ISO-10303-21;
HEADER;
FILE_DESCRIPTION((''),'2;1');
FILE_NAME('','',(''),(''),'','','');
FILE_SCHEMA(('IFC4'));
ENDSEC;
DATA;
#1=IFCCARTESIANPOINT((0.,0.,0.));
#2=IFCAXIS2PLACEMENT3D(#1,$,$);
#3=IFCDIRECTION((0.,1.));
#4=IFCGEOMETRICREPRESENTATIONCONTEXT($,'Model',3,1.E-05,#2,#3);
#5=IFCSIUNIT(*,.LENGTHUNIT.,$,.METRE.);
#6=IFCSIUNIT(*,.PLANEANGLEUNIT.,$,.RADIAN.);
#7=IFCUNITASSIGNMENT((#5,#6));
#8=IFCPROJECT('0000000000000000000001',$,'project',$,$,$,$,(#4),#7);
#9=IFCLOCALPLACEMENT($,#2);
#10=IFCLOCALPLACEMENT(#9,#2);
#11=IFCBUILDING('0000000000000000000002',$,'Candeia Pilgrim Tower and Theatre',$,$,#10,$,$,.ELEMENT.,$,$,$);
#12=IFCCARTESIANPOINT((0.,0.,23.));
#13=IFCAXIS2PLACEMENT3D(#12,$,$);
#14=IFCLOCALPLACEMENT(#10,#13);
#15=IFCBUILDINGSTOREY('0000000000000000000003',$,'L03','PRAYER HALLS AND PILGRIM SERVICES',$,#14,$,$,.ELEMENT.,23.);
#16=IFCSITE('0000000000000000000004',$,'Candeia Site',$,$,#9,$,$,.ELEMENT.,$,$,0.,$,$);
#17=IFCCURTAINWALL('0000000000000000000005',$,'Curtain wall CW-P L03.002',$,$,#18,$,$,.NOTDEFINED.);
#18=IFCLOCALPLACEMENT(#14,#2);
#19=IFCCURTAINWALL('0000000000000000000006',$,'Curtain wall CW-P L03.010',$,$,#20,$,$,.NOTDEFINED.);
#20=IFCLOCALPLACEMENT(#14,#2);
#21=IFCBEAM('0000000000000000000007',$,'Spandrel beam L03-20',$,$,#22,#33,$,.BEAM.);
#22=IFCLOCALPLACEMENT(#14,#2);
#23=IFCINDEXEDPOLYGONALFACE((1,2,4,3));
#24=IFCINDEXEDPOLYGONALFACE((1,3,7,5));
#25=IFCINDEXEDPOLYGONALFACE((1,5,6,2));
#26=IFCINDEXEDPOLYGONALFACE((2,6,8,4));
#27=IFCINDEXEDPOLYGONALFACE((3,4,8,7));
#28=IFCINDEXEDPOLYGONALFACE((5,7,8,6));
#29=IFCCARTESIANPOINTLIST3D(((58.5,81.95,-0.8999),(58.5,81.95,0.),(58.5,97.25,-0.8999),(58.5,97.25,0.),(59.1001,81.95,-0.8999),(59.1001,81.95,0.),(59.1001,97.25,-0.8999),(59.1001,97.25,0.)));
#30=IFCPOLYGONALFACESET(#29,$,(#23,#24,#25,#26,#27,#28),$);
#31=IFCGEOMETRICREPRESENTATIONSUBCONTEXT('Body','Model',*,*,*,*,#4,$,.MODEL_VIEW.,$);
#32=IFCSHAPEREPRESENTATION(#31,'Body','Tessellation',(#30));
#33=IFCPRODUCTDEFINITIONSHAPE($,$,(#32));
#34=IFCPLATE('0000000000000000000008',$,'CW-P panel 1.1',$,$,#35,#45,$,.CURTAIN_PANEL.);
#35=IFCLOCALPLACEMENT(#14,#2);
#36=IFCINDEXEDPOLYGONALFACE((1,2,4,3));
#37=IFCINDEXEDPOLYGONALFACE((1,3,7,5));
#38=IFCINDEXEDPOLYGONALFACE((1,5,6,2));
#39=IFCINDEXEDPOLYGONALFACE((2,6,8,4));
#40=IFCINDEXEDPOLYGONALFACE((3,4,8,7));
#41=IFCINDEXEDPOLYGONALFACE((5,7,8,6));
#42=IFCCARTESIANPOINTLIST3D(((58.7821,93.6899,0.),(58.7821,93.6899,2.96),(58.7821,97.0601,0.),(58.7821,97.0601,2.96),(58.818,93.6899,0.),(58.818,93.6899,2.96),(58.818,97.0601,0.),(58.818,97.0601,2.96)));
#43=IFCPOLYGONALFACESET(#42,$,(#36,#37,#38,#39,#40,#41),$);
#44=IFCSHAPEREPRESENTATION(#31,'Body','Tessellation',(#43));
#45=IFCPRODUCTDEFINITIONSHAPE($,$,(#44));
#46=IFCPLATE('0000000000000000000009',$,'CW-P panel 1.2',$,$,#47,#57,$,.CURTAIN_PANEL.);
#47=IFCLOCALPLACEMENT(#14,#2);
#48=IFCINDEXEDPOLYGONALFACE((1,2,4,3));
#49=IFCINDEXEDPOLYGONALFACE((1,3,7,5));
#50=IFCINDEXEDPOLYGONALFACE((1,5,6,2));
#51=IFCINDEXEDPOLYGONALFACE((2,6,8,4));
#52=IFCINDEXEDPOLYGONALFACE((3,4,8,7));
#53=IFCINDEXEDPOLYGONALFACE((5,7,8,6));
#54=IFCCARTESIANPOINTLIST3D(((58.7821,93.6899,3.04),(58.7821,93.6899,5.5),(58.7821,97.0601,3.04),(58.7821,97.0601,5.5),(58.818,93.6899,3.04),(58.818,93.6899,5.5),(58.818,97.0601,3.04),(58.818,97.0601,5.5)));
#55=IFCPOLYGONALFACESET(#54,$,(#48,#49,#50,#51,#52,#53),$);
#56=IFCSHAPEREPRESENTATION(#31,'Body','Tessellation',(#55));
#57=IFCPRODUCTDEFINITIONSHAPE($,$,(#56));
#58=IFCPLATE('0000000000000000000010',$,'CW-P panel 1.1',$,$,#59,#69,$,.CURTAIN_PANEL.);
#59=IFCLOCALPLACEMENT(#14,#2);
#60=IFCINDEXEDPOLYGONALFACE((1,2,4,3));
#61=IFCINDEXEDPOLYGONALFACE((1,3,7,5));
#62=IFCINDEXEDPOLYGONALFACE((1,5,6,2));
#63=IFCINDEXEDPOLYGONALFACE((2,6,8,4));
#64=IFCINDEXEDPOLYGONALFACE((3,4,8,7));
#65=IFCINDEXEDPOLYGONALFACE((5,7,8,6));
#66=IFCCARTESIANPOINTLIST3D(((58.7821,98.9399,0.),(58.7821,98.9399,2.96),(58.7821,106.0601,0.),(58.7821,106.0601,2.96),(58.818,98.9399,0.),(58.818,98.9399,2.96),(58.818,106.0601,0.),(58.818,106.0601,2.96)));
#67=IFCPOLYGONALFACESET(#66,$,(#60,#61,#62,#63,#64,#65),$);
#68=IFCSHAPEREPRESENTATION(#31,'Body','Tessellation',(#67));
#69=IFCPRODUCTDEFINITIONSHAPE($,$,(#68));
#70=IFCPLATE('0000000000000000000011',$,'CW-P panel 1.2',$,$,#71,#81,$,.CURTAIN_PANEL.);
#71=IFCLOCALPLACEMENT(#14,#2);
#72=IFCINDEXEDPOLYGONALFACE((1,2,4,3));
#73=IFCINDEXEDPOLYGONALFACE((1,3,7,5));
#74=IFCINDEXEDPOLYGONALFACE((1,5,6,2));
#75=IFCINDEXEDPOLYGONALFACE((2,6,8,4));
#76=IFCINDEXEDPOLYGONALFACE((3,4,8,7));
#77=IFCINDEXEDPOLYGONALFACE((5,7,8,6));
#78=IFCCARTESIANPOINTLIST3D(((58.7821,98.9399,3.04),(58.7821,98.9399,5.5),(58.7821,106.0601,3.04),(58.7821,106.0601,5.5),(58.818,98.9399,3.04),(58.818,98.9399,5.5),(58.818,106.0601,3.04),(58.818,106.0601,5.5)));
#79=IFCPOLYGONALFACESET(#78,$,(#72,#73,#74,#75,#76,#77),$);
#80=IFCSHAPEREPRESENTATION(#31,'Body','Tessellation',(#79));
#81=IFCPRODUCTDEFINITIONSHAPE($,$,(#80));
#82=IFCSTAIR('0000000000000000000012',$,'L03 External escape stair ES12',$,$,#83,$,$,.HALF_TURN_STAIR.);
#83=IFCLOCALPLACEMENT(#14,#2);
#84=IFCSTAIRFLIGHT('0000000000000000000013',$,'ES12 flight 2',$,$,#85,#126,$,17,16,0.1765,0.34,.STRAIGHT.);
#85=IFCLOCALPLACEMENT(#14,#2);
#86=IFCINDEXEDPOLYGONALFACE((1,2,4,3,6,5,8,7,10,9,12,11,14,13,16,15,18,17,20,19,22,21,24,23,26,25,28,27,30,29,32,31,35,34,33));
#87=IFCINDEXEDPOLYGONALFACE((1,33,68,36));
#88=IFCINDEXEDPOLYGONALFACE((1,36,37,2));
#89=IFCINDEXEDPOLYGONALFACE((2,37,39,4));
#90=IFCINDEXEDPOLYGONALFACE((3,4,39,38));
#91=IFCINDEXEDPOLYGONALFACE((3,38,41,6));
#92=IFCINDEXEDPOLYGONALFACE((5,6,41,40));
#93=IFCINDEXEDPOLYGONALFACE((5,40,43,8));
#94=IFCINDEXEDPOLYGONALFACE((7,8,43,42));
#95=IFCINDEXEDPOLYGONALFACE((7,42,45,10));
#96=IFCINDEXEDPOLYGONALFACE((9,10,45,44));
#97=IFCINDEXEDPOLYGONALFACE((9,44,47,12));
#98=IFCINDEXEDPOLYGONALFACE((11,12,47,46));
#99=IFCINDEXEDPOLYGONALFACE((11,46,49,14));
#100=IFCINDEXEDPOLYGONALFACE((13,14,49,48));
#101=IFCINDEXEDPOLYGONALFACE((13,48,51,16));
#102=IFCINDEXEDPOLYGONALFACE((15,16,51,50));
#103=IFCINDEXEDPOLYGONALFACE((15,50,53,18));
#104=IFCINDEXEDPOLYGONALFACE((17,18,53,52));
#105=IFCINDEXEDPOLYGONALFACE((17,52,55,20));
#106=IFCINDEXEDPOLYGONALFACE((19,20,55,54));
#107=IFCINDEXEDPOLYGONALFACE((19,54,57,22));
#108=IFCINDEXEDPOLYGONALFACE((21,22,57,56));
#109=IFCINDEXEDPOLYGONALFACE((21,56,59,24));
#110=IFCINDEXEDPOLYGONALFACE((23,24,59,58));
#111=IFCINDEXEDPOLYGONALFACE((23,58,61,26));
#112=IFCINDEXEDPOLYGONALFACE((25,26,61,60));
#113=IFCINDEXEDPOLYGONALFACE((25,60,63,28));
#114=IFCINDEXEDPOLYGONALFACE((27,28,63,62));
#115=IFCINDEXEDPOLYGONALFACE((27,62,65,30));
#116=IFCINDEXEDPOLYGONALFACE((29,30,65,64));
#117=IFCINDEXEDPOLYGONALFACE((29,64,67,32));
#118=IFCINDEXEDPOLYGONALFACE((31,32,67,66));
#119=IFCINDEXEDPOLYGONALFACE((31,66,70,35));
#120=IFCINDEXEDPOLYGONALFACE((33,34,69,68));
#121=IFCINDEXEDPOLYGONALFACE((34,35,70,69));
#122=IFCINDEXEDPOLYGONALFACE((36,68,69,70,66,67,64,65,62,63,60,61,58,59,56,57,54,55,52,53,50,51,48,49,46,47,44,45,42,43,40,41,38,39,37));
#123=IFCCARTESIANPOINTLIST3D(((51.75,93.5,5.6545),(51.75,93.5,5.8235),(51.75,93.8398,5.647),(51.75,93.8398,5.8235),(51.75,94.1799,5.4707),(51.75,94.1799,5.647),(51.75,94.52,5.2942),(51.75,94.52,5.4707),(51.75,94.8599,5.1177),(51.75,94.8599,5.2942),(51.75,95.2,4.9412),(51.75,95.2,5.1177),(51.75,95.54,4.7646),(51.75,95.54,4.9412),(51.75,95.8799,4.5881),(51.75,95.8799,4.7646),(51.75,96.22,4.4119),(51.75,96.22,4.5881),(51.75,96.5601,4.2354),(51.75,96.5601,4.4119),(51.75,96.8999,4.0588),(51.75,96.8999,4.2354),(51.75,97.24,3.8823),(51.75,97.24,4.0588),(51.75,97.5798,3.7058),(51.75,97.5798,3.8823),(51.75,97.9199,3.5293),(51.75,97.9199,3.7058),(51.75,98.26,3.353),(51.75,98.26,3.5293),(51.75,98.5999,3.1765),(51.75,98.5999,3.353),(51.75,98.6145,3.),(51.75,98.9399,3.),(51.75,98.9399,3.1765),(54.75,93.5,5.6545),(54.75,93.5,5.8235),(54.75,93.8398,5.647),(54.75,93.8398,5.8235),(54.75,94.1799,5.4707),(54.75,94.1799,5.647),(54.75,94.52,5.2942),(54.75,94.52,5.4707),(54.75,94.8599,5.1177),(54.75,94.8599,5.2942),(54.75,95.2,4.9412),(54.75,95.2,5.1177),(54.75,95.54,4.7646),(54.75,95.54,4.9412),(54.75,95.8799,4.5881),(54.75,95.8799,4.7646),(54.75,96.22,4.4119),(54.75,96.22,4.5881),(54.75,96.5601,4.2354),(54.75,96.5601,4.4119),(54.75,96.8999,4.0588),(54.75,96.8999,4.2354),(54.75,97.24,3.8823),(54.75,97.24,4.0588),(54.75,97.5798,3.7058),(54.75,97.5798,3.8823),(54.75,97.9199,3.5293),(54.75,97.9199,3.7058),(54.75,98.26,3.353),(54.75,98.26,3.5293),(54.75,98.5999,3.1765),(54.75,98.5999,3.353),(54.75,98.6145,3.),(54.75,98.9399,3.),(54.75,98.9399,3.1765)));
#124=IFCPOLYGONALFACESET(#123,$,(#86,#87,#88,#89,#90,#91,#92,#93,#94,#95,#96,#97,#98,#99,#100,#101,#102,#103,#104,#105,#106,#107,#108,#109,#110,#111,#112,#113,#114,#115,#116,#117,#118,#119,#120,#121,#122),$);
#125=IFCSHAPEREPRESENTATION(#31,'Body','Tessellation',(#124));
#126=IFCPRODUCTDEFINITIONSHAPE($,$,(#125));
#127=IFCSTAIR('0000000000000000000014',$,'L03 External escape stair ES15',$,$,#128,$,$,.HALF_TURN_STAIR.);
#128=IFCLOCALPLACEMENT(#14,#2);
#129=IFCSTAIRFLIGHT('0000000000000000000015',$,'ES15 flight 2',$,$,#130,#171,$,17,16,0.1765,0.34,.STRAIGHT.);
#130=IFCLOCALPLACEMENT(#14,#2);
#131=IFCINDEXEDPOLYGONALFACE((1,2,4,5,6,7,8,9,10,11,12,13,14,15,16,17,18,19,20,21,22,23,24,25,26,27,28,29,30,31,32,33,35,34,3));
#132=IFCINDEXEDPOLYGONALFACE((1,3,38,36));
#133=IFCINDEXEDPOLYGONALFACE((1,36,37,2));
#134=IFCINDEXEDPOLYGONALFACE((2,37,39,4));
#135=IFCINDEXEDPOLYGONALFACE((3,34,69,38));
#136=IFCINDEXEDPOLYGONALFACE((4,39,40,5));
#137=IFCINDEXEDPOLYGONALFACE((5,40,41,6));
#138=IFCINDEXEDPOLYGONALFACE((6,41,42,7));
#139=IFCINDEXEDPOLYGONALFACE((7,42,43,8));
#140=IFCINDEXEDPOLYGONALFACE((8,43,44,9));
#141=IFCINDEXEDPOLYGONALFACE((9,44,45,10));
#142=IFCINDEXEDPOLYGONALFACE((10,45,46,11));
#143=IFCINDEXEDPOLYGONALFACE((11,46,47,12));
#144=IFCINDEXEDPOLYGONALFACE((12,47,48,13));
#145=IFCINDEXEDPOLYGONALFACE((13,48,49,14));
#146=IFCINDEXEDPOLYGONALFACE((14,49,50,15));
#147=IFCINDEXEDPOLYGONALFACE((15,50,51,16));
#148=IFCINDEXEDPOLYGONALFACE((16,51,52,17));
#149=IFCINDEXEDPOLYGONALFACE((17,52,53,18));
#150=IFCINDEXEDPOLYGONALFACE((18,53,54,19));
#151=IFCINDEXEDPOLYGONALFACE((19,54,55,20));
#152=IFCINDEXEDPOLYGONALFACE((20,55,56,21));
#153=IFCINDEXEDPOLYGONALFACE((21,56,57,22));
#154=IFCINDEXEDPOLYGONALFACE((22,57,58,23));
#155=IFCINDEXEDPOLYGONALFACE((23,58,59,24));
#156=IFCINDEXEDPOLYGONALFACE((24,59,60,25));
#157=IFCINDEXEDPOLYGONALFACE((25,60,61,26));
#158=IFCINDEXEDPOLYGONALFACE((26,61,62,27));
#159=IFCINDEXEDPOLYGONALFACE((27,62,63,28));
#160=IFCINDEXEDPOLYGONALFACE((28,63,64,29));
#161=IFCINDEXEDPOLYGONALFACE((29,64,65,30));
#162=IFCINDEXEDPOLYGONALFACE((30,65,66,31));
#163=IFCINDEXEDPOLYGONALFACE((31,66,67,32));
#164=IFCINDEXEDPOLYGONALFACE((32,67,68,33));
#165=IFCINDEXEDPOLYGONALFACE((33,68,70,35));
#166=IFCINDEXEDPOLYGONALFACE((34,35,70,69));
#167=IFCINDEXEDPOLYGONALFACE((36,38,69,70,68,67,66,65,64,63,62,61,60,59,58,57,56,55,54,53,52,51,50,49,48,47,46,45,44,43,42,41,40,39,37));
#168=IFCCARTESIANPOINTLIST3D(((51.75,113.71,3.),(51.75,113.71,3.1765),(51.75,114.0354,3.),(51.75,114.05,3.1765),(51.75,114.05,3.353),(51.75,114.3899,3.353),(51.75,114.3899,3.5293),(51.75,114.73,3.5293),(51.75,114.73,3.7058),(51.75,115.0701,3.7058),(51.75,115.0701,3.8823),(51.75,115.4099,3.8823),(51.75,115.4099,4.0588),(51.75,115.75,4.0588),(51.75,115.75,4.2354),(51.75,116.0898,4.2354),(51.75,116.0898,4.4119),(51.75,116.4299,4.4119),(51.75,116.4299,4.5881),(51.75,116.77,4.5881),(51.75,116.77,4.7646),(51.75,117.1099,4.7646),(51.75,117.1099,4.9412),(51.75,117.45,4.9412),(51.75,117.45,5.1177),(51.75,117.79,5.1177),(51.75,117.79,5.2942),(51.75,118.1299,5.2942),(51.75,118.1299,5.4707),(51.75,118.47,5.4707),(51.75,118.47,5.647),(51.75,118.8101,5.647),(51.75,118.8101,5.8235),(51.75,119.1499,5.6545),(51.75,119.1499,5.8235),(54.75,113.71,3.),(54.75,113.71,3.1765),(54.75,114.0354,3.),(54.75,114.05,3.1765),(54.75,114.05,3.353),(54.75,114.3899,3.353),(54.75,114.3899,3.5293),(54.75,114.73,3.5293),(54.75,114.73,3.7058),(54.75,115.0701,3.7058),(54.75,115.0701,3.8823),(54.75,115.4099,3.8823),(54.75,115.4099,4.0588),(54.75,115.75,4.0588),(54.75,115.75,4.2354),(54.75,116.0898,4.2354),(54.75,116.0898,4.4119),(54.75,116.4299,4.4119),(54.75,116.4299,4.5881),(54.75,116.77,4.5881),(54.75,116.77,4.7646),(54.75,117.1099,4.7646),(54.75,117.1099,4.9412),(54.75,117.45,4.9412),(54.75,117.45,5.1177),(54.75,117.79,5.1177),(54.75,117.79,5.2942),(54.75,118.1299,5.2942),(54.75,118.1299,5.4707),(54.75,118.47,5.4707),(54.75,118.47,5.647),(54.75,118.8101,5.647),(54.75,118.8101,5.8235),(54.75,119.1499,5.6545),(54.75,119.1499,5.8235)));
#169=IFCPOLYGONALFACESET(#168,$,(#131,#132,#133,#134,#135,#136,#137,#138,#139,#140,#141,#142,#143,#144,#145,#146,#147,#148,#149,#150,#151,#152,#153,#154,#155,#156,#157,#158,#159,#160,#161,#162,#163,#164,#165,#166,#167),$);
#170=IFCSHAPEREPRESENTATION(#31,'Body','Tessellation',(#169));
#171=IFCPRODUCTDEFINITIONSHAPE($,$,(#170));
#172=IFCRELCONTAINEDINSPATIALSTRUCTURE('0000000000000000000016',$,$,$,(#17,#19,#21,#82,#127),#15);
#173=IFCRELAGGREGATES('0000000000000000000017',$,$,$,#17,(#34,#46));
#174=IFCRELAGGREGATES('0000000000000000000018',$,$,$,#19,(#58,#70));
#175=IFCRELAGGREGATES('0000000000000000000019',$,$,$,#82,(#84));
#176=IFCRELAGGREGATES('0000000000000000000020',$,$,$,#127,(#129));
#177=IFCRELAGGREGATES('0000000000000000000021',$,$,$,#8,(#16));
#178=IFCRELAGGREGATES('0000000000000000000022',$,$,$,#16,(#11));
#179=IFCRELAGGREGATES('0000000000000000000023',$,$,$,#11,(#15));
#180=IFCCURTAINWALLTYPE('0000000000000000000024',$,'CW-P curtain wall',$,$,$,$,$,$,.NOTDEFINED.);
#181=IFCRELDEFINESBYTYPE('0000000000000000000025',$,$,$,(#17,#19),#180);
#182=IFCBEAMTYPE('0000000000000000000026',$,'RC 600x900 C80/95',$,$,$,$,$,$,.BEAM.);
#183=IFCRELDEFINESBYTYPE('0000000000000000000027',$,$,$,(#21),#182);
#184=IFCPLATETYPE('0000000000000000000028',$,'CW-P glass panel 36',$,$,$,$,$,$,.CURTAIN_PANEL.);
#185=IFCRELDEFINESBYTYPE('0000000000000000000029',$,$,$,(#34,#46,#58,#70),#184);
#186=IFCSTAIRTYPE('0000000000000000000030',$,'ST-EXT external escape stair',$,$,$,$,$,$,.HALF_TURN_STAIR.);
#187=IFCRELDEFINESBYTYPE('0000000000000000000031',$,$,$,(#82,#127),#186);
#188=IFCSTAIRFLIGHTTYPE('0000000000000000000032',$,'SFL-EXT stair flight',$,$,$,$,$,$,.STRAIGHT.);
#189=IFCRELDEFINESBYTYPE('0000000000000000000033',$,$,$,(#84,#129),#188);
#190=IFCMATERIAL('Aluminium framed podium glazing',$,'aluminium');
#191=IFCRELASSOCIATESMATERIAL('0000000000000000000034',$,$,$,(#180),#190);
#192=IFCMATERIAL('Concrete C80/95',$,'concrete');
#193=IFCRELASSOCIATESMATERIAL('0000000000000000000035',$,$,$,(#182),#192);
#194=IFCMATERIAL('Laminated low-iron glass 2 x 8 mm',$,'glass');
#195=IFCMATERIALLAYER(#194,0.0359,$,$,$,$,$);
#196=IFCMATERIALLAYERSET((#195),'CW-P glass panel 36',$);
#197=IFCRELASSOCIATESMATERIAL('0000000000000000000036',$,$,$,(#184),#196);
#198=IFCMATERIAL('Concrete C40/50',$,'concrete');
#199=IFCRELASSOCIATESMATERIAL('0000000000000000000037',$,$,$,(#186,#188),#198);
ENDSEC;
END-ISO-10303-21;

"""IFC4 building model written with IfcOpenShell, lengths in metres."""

from ifc_helpers import new_model, si_unit, direction, frame, origin, origin_2d, place, context, subcontext, project, spatial, polyline, rectangle, outline, extrude, material, layer, layer_set, material_profile, profile_set, type_object, element, aggregate, save


model = new_model("IFC4")

# Units and contexts
model_context = context("Model", 3, precision=1e-05, world=origin(), true_north=direction((0.0, 1.0)))
body_context = subcontext(model_context, "Body", "Model", "MODEL_VIEW")
ifc_project = project(units=[si_unit("LENGTHUNIT", "METRE"), si_unit("PLANEANGLEUNIT", "RADIAN")], contexts=[model_context])

# Site, building, storey
site_placement = place(None, origin())
site = spatial("IfcSite", under=ifc_project, at=site_placement, Name="Candeia Site", CompositionType="ELEMENT", RefElevation=0.0)
building_placement = place(site_placement, origin())
building = spatial("IfcBuilding", under=site, at=building_placement, Name="Candeia Pilgrim Tower and Theatre", CompositionType="ELEMENT")
storey_placement = place(building_placement, frame((0.0, 0.0, 23.0)))
storey = spatial("IfcBuildingStorey", under=building, at=storey_placement, Name="L03", Description="PRAYER HALLS AND PILGRIM SERVICES", CompositionType="ELEMENT", Elevation=23.0)

# Shared definitions
ifc_material_1 = material(Name="Concrete C40/50", Category="concrete")
ifc_material_2 = material(Name="Concrete C80/95", Category="concrete")

# Curtain walls
ifc_material_3 = material(Name="Aluminium framed podium glazing", Category="aluminium")
curtain_wall_type = type_object("IfcCurtainWallType", Name="CW-P curtain wall", PredefinedType="NOTDEFINED", material=ifc_material_3)
curtain_wall_1_placement = place(storey_placement, origin())
curtain_wall_1 = element("IfcCurtainWall", 1, at=curtain_wall_1_placement, inside=storey, type_object=curtain_wall_type, Name="Curtain wall CW-P L03.002", PredefinedType="NOTDEFINED")
curtain_wall_2_placement = place(storey_placement, origin())
curtain_wall_2 = element("IfcCurtainWall", 2, at=curtain_wall_2_placement, inside=storey, type_object=curtain_wall_type, Name="Curtain wall CW-P L03.010", PredefinedType="NOTDEFINED")

# Beam
ifc_material_profile_1 = material_profile(ifc_material_2, rectangle(XDim=0.6001, YDim=0.8999, at=origin_2d()))
ifc_profile_set_1 = profile_set([ifc_material_profile_1], Name="Concrete C80/95")
beam_type = type_object("IfcBeamType", Name="RC 600x900 C80/95", PredefinedType="BEAM", material=ifc_profile_set_1)
beam_placement = place(storey_placement, frame((58.8, 97.25, -0.45), z_axis=(0.0, -1.0, 0.0), x_axis=(1.0, 0.0, 0.0)))
element("IfcBeam", 3, at=beam_placement, inside=storey, type_object=beam_type, Name="Spandrel beam L03-20", PredefinedType="BEAM", context=body_context, shape_type="SweptSolid", body=[
    extrude(rectangle(XDim=0.6001, YDim=0.8999, at=origin_2d()), origin(), (0.0, 0.0, 1.0), 15.3),
])

# Plates
ifc_material_4 = material(Name="Laminated low-iron glass 2 x 8 mm", Category="glass")
ifc_layer = layer(ifc_material_4, 0.0359)
ifc_layer_set = layer_set([ifc_layer], Name="CW-P glass panel 36")
plate_type = type_object("IfcPlateType", Name="CW-P glass panel 36", PredefinedType="CURTAIN_PANEL", material=ifc_layer_set)
plate_1_placement = place(storey_placement, frame((58.8, 95.375, 0.0), z_axis=(0.0, 0.0, 1.0), x_axis=(0.0, 1.0, 0.0)))
plate_1 = element("IfcPlate", 4, at=plate_1_placement, type_object=plate_type, Name="CW-P panel 1.1", PredefinedType="CURTAIN_PANEL", context=body_context, shape_type="SweptSolid", body=[
    extrude(rectangle(XDim=3.3701, YDim=0.0359, at=origin_2d()), origin(), (0.0, 0.0, 1.0), 2.96),
])
plate_2_placement = place(storey_placement, frame((58.8, 95.375, 3.04), z_axis=(0.0, 0.0, 1.0), x_axis=(0.0, 1.0, 0.0)))
plate_2 = element("IfcPlate", 5, at=plate_2_placement, type_object=plate_type, Name="CW-P panel 1.2", PredefinedType="CURTAIN_PANEL", context=body_context, shape_type="SweptSolid", body=[
    extrude(rectangle(XDim=3.3701, YDim=0.0359, at=origin_2d()), origin(), (0.0, 0.0, 1.0), 2.46),
])
aggregate(curtain_wall_1, [plate_1, plate_2])
plate_3_placement = place(storey_placement, frame((58.8, 102.5, 0.0), z_axis=(0.0, 0.0, 1.0), x_axis=(0.0, 1.0, 0.0)))
plate_3 = element("IfcPlate", 6, at=plate_3_placement, type_object=plate_type, Name="CW-P panel 1.1", PredefinedType="CURTAIN_PANEL", context=body_context, shape_type="SweptSolid", body=[
    extrude(rectangle(XDim=7.1201, YDim=0.0359, at=origin_2d()), origin(), (0.0, 0.0, 1.0), 2.96),
])
plate_4_placement = place(storey_placement, frame((58.8, 102.5, 3.04), z_axis=(0.0, 0.0, 1.0), x_axis=(0.0, 1.0, 0.0)))
plate_4 = element("IfcPlate", 7, at=plate_4_placement, type_object=plate_type, Name="CW-P panel 1.2", PredefinedType="CURTAIN_PANEL", context=body_context, shape_type="SweptSolid", body=[
    extrude(rectangle(XDim=7.1201, YDim=0.0359, at=origin_2d()), origin(), (0.0, 0.0, 1.0), 2.46),
])
aggregate(curtain_wall_2, [plate_3, plate_4])

# Stairs, stair flights
stair_type = type_object("IfcStairType", Name="ST-EXT external escape stair", PredefinedType="HALF_TURN_STAIR", material=ifc_material_1)
stair_1_placement = place(storey_placement, origin())
stair_1 = element("IfcStair", 8, at=stair_1_placement, inside=storey, type_object=stair_type, Name="L03 External escape stair ES12", PredefinedType="HALF_TURN_STAIR")
stair_flight_type = type_object("IfcStairFlightType", Name="SFL-EXT stair flight", PredefinedType="STRAIGHT", material=ifc_material_1)
stair_flight_1_placement = place(storey_placement, frame((53.25, 98.9399, 3.0), z_axis=(0.0, 0.0, 1.0), x_axis=(0.0, -1.0, 0.0)))
stair_flight_1 = element("IfcStairFlight", 9, at=stair_flight_1_placement, type_object=stair_flight_type, Name="ES12 flight 2", NumberOfRisers=17, NumberOfTreads=16, PredefinedType="STRAIGHT", RiserHeight=0.1765, TreadLength=0.34, context=body_context, shape_type="SweptSolid", body=[
    extrude(outline(polyline([(0.0, 0.0), (0.0, 0.1765), (0.3401, 0.1765), (0.3401, 0.353), (0.6799, 0.353), (0.6799, 0.5293), (1.02, 0.5293), (1.02, 0.7058), (1.3601, 0.7058), (1.3601, 0.8823), (1.7, 0.8823), (1.7, 1.0588), (2.04, 1.0588), (2.04, 1.2354), (2.3799, 1.2354), (2.3799, 1.4119), (2.72, 1.4119), (2.72, 1.5881), (3.0601, 1.5881), (3.0601, 1.7646), (3.3999, 1.7646), (3.3999, 1.9412), (3.74, 1.9412), (3.74, 2.1177), (4.0801, 2.1177), (4.0801, 2.2942), (4.4199, 2.2942), (4.4199, 2.4707), (4.76, 2.4707), (4.76, 2.647), (5.1001, 2.647), (5.1001, 2.8235), (5.4399, 2.8235), (5.4399, 3.0), (5.4399, 2.6545), (0.3254, 0.0), (0.0, 0.0)])), frame((0.0, 1.5, 0.0), z_axis=(0.0, -1.0, 0.0), x_axis=(1.0, 0.0, 0.0)), (0.0, 0.0, 1.0), 3.0),
])
aggregate(stair_1, [stair_flight_1])
stair_2_placement = place(storey_placement, origin())
stair_2 = element("IfcStair", 10, at=stair_2_placement, inside=storey, type_object=stair_type, Name="L03 External escape stair ES15", PredefinedType="HALF_TURN_STAIR")
stair_flight_2_placement = place(storey_placement, frame((53.25, 113.71, 3.0), z_axis=(0.0, 0.0, 1.0), x_axis=(0.0, 1.0, 0.0)))
stair_flight_2 = element("IfcStairFlight", 11, at=stair_flight_2_placement, type_object=stair_flight_type, Name="ES15 flight 2", NumberOfRisers=17, NumberOfTreads=16, PredefinedType="STRAIGHT", RiserHeight=0.1765, TreadLength=0.34, context=body_context, shape_type="SweptSolid", body=[
    extrude(outline(polyline([(0.0, 0.0), (0.0, 0.1765), (0.3401, 0.1765), (0.3401, 0.353), (0.6799, 0.353), (0.6799, 0.5293), (1.02, 0.5293), (1.02, 0.7058), (1.3601, 0.7058), (1.3601, 0.8823), (1.7, 0.8823), (1.7, 1.0588), (2.04, 1.0588), (2.04, 1.2354), (2.3799, 1.2354), (2.3799, 1.4119), (2.72, 1.4119), (2.72, 1.5881), (3.0601, 1.5881), (3.0601, 1.7646), (3.3999, 1.7646), (3.3999, 1.9412), (3.74, 1.9412), (3.74, 2.1177), (4.0801, 2.1177), (4.0801, 2.2942), (4.4199, 2.2942), (4.4199, 2.4707), (4.76, 2.4707), (4.76, 2.647), (5.1001, 2.647), (5.1001, 2.8235), (5.4399, 2.8235), (5.4399, 3.0), (5.4399, 2.6545), (0.3254, 0.0), (0.0, 0.0)])), frame((0.0, 1.5, 0.0), z_axis=(0.0, -1.0, 0.0), x_axis=(1.0, 0.0, 0.0)), (0.0, 0.0, 1.0), 3.0),
])
aggregate(stair_2, [stair_flight_2])

save(model, "model.ifc")
